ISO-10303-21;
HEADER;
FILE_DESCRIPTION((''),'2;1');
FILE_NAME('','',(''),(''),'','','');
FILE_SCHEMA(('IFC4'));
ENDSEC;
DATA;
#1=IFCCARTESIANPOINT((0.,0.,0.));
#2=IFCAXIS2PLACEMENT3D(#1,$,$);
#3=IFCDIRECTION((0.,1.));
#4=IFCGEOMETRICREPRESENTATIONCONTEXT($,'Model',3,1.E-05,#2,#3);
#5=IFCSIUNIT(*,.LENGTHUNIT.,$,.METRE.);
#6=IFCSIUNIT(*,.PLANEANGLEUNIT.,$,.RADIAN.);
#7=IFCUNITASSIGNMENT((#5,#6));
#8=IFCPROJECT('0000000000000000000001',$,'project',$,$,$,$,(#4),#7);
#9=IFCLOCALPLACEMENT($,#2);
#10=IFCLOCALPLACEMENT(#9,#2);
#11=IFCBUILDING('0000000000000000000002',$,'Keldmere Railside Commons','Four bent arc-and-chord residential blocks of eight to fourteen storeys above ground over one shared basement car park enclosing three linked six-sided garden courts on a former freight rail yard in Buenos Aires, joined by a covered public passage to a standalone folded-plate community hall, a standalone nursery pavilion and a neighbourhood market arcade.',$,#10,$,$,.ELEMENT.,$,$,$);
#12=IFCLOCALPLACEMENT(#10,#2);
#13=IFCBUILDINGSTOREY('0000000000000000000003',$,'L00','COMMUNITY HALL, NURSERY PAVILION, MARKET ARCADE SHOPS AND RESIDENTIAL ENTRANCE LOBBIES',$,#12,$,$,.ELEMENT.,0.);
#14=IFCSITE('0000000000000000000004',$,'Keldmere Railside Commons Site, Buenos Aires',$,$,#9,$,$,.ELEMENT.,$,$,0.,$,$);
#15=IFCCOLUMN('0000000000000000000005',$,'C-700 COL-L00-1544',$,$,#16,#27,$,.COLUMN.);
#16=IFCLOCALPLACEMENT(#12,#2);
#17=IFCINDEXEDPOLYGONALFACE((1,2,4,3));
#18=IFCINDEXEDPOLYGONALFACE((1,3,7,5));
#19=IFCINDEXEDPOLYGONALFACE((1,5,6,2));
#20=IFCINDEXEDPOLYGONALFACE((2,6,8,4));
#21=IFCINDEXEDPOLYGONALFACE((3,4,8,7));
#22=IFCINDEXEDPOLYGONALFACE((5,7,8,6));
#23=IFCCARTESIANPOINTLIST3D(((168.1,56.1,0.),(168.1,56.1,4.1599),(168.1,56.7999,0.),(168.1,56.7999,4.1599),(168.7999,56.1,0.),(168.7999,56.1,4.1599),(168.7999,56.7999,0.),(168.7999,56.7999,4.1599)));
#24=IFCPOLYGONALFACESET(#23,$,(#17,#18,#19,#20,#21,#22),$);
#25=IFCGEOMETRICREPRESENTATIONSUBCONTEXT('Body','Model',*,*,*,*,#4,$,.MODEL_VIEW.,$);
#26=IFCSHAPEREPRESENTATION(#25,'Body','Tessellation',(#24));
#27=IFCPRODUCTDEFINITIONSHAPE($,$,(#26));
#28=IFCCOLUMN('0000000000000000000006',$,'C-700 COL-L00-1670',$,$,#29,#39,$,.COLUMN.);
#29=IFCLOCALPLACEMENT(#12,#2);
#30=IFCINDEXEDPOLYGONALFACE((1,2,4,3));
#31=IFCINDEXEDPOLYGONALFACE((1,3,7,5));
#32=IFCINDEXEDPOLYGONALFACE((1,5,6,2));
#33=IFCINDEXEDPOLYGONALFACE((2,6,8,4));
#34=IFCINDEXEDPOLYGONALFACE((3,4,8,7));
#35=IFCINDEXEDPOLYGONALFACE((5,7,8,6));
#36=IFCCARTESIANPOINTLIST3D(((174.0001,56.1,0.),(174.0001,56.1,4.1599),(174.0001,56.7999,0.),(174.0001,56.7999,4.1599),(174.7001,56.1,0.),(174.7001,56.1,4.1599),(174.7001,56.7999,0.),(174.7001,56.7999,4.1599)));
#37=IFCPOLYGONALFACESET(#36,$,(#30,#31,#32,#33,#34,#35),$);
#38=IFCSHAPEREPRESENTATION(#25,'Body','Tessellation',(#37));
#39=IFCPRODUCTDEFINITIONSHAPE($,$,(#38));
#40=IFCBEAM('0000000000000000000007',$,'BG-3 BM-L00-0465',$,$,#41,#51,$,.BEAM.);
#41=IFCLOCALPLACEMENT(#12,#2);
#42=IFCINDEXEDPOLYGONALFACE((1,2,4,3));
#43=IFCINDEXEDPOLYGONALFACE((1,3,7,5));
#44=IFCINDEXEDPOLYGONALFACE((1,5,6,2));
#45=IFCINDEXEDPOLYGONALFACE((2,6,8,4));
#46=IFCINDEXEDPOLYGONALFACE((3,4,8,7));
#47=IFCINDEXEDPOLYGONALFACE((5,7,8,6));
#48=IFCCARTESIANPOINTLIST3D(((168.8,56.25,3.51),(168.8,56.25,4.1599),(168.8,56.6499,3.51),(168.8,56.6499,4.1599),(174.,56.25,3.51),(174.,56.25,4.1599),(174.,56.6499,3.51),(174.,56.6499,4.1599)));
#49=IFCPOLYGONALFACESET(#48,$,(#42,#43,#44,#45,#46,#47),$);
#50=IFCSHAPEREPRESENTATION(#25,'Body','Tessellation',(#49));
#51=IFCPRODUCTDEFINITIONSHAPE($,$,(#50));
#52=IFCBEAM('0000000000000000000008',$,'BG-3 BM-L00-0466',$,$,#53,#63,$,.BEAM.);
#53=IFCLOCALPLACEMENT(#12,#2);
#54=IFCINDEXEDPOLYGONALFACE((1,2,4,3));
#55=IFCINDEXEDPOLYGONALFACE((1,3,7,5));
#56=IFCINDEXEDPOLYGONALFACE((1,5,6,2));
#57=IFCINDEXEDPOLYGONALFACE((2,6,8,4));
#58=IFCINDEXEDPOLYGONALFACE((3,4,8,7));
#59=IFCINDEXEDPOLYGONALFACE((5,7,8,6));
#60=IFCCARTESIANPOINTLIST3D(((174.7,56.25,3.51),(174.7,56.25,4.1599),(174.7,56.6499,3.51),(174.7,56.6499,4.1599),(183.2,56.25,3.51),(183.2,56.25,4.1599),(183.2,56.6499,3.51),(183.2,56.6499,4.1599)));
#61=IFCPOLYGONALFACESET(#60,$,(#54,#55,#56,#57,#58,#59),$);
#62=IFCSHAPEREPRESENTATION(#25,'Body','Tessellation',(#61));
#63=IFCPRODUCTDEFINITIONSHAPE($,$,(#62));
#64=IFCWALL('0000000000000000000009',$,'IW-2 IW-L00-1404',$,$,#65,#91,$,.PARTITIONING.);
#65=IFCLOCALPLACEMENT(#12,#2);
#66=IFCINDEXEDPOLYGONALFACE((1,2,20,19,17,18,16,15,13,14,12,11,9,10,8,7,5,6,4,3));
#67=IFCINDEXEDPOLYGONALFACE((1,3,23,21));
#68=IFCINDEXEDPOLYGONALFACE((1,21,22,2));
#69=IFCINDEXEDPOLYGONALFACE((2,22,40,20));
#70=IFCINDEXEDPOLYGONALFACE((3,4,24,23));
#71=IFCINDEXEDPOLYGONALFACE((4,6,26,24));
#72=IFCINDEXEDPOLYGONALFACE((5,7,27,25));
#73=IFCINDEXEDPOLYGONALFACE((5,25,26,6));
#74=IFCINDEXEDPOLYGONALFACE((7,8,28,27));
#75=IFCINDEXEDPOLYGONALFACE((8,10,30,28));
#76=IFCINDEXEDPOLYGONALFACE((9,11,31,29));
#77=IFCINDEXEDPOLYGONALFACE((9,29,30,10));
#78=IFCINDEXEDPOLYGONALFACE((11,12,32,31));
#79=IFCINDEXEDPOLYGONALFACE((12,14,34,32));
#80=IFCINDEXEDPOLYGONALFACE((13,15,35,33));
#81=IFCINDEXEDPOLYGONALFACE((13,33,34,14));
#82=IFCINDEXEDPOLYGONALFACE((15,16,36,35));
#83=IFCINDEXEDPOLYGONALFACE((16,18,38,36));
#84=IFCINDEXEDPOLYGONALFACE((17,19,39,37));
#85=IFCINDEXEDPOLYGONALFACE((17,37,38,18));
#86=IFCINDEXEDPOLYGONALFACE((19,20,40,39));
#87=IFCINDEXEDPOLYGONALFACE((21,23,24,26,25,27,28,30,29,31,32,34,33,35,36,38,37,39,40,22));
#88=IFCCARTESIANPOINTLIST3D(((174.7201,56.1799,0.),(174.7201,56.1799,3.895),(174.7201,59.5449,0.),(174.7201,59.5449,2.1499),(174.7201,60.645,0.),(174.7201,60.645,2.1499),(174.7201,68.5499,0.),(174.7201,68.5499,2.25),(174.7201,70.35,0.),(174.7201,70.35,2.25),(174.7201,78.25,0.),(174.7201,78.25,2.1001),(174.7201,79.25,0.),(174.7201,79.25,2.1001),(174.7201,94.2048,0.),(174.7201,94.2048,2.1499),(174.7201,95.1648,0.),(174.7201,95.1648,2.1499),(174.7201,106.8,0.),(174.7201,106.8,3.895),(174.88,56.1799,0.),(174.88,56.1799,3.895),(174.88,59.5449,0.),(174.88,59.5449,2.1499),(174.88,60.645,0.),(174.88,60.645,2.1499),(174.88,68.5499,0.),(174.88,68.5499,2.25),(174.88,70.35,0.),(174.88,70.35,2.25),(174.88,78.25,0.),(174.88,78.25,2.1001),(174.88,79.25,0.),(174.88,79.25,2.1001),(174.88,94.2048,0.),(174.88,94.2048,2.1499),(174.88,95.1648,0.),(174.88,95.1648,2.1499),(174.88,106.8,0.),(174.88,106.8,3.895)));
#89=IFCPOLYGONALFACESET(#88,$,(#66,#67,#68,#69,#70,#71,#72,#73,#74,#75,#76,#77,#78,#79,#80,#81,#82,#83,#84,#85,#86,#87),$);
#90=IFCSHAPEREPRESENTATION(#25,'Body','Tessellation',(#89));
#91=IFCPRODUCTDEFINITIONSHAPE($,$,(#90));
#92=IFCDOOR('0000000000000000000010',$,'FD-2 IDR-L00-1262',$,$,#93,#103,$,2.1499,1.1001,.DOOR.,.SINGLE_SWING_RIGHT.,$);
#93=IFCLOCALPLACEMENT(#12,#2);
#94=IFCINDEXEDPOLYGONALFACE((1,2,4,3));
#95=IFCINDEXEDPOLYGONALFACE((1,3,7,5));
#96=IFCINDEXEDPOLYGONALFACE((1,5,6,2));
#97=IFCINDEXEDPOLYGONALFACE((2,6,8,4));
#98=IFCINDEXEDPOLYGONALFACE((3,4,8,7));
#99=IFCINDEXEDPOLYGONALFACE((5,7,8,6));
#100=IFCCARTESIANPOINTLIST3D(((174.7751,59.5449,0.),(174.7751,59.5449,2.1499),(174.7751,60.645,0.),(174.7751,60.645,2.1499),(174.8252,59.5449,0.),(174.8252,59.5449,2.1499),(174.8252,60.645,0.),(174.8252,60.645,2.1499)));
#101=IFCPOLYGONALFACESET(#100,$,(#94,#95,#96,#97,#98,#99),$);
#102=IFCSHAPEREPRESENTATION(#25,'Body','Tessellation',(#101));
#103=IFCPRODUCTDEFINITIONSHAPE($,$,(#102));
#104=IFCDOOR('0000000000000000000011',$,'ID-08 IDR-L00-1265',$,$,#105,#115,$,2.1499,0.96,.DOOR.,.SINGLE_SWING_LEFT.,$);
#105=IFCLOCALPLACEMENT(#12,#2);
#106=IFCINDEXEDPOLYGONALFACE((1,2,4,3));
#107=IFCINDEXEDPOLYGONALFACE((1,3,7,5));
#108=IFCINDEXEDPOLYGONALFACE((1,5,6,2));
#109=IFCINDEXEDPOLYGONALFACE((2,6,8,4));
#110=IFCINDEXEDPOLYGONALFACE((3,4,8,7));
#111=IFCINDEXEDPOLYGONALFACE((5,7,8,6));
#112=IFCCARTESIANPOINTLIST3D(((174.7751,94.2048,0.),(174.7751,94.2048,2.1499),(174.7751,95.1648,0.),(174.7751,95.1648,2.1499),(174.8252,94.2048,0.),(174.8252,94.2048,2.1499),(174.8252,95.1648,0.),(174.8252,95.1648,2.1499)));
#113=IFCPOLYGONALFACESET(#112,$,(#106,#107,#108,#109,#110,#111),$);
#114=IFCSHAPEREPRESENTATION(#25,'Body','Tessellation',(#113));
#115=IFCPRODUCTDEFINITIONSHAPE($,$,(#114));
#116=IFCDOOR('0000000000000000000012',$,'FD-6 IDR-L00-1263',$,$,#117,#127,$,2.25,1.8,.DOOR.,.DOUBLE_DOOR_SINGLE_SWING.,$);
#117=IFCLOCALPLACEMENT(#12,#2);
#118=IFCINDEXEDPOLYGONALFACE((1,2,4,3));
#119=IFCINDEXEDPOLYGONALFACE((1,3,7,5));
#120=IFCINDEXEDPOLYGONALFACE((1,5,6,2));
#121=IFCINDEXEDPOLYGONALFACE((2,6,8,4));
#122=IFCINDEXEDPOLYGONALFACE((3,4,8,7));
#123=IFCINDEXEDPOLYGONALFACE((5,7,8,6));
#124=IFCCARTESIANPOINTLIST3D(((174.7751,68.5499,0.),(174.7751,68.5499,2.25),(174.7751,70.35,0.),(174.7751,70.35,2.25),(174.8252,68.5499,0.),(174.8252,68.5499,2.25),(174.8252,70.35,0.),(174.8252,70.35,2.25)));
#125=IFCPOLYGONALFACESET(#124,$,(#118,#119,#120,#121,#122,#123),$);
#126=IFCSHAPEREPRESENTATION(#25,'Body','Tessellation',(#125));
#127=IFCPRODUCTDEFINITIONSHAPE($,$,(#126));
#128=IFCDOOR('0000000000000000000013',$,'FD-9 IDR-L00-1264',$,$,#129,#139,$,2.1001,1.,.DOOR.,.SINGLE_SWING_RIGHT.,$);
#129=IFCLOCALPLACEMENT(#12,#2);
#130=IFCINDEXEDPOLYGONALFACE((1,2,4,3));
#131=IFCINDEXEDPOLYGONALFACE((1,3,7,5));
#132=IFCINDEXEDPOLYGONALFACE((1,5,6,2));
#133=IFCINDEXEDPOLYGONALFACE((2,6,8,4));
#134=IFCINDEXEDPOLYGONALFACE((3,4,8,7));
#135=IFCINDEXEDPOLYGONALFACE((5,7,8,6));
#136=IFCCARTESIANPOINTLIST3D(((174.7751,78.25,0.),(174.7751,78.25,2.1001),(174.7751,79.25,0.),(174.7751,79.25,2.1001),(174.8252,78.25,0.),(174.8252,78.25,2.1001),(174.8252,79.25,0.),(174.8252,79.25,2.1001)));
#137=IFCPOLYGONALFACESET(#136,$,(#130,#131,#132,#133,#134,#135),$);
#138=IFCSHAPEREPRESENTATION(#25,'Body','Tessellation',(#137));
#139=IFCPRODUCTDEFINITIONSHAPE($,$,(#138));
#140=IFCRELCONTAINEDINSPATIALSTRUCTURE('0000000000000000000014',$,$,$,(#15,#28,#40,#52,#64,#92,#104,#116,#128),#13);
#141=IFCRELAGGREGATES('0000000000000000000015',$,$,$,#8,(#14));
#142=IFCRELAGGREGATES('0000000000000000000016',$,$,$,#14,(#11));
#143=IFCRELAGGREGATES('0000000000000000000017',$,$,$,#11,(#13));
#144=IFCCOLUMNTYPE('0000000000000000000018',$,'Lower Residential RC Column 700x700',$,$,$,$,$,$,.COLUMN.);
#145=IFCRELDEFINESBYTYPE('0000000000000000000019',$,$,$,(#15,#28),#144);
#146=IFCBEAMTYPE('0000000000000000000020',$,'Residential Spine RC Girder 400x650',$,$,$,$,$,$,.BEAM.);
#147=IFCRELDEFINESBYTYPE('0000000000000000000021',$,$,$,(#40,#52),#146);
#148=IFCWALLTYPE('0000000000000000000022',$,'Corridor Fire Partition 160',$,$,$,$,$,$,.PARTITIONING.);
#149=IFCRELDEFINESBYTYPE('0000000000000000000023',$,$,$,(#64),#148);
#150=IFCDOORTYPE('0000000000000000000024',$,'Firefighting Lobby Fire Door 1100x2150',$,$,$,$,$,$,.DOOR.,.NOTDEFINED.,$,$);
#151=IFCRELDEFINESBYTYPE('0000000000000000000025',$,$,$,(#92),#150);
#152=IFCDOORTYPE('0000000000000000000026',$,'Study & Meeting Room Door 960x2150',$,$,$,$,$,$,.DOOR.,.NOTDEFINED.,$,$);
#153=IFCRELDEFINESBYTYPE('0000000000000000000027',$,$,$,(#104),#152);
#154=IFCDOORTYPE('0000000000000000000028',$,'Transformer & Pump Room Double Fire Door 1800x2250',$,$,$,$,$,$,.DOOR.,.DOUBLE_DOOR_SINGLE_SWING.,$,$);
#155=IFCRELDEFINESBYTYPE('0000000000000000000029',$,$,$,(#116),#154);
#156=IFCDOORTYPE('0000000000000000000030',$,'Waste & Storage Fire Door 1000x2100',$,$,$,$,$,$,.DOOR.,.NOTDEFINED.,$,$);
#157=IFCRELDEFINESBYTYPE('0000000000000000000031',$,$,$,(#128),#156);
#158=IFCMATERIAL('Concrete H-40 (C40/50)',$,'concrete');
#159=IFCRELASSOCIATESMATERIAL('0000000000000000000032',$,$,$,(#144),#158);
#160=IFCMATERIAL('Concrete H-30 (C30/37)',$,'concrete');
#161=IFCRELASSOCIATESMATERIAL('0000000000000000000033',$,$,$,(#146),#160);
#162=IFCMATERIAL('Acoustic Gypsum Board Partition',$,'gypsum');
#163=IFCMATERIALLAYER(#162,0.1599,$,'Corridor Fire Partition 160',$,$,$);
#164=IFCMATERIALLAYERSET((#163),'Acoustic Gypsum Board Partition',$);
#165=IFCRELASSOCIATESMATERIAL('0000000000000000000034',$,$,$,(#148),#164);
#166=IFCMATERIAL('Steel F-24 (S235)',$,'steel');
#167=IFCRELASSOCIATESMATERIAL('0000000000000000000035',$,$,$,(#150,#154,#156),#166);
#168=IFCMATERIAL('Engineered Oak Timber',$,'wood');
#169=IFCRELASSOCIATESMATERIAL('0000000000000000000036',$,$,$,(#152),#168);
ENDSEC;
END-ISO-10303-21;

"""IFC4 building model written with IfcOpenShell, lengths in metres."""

from ifc_helpers import new_model, si_unit, direction, frame, frame_2d, origin, origin_2d, place, context, subcontext, project, spatial, rectangle, extrude, material, layer, layer_set, material_profile, profile_set, type_object, element, fill, save


model = new_model("IFC4")

# Units and contexts
model_context = context("Model", 3, precision=1e-05, world=origin(), true_north=direction((0.0, 1.0)))
body_context = subcontext(model_context, "Body", "Model", "MODEL_VIEW")
ifc_project = project(units=[si_unit("LENGTHUNIT", "METRE"), si_unit("PLANEANGLEUNIT", "RADIAN")], contexts=[model_context])

# Site, building, storey
site_placement = place(None, origin())
site = spatial("IfcSite", under=ifc_project, at=site_placement, Name="Keldmere Railside Commons Site, Buenos Aires", CompositionType="ELEMENT", RefElevation=0.0)
building_placement = place(site_placement, origin())
building = spatial("IfcBuilding", under=site, at=building_placement, Name="Keldmere Railside Commons", Description="Four bent arc-and-chord residential blocks of eight to fourteen storeys above ground over one shared basement car park enclosing three linked six-sided garden courts on a former freight rail yard in Buenos Aires, joined by a covered public passage to a standalone folded-plate community hall, a standalone nursery pavilion and a neighbourhood market arcade.", CompositionType="ELEMENT")
storey_placement = place(building_placement, origin())
storey = spatial("IfcBuildingStorey", under=building, at=storey_placement, Name="L00", Description="COMMUNITY HALL, NURSERY PAVILION, MARKET ARCADE SHOPS AND RESIDENTIAL ENTRANCE LOBBIES", CompositionType="ELEMENT", Elevation=0.0)

# Columns
ifc_material_1 = material(Name="Concrete H-40 (C40/50)", Category="concrete")
ifc_material_profile_1 = material_profile(ifc_material_1, rectangle(XDim=0.7, YDim=0.7, at=origin_2d()), Name="RC-700x700")
ifc_profile_set_1 = profile_set([ifc_material_profile_1], Name="Concrete H-40 (C40/50)")
column_type = type_object("IfcColumnType", Name="Lower Residential RC Column 700x700", PredefinedType="COLUMN", material=ifc_profile_set_1)
for number, where, z_axis, x_axis, name in (
    (1, (168.45, 56.45, 0.0), (0.0, 0.0, 1.0), (1.0, 0.0, 0.0), "C-700 COL-L00-1544"),
    (2, (174.3501, 56.45, 0.0), (0.0, 0.0, 1.0), (1.0, 0.0, 0.0), "C-700 COL-L00-1670"),
):
    element("IfcColumn", number, at=place(storey_placement, frame(where, z_axis=z_axis, x_axis=x_axis)), inside=storey, type_object=column_type, Name=name, PredefinedType="COLUMN", context=body_context, shape_type="SweptSolid", body=[
        extrude(rectangle(XDim=0.7, YDim=0.7, at=origin_2d()), origin(), (0.0, 0.0, 1.0), 4.1599),
    ])

# Beams
ifc_material_2 = material(Name="Concrete H-30 (C30/37)", Category="concrete")
ifc_material_profile_2 = material_profile(ifc_material_2, rectangle(XDim=0.3999, YDim=0.6499, at=origin_2d()), Name="RC-400x650")
ifc_profile_set_2 = profile_set([ifc_material_profile_2], Name="Concrete H-30 (C30/37)")
beam_type = type_object("IfcBeamType", Name="Residential Spine RC Girder 400x650", PredefinedType="BEAM", material=ifc_profile_set_2)
beam_1_placement = place(storey_placement, frame((168.8, 56.45, 3.835), z_axis=(1.0, 0.0, 0.0), x_axis=(0.0, 1.0, 0.0)))
element("IfcBeam", 3, at=beam_1_placement, inside=storey, type_object=beam_type, Name="BG-3 BM-L00-0465", PredefinedType="BEAM", context=body_context, shape_type="SweptSolid", body=[
    extrude(rectangle(XDim=0.3999, YDim=0.6499, at=origin_2d()), origin(), (0.0, 0.0, 1.0), 5.2),
])
beam_2_placement = place(storey_placement, frame((174.7, 56.45, 3.835), z_axis=(1.0, 0.0, 0.0), x_axis=(0.0, 1.0, 0.0)))
element("IfcBeam", 4, at=beam_2_placement, inside=storey, type_object=beam_type, Name="BG-3 BM-L00-0466", PredefinedType="BEAM", context=body_context, shape_type="SweptSolid", body=[
    extrude(rectangle(XDim=0.3999, YDim=0.6499, at=origin_2d()), origin(), (0.0, 0.0, 1.0), 8.5),
])

# Wall, openings, doors
ifc_material_3 = material(Name="Acoustic Gypsum Board Partition", Category="gypsum")
ifc_layer_1 = layer(ifc_material_3, 0.1599, Name="Corridor Fire Partition 160")
ifc_layer_set_1 = layer_set([ifc_layer_1], Name="Acoustic Gypsum Board Partition")
wall_type_1 = type_object("IfcWallType", Name="Corridor Fire Partition 160", PredefinedType="PARTITIONING", material=ifc_layer_set_1)
wall_1_placement = place(storey_placement, frame((174.8, 56.1799, 0.0), z_axis=(0.0, 0.0, 1.0), x_axis=(0.0, 1.0, 0.0)))
wall_1 = element("IfcWall", 5, at=wall_1_placement, inside=storey, type_object=wall_type_1, Name="IW-2 IW-L00-1404", PredefinedType="PARTITIONING", context=body_context, shape_type="SweptSolid", body=[
    extrude(rectangle(XDim=50.6201, YDim=0.1599, at=frame_2d((25.3101, 0.0))), origin(), (0.0, 0.0, 1.0), 3.895),
])
opening_1_placement = place(wall_1_placement, frame((3.365, 0.0, 0.0)))
opening_1 = element("IfcOpeningElement", 6, at=opening_1_placement, cuts=wall_1, PredefinedType="OPENING", context=body_context, shape_type="SweptSolid", body=[
    extrude(rectangle(XDim=1.1001, YDim=2.1499, at=frame_2d((0.55, 1.075))), frame((0.0, 0.0898, 0.0), z_axis=(0.0, -1.0, 0.0), x_axis=(1.0, 0.0, 0.0)), (0.0, 0.0, 1.0), 0.1799),
])
opening_2_placement = place(wall_1_placement, frame((12.3701, 0.0, 0.0)))
opening_2 = element("IfcOpeningElement", 7, at=opening_2_placement, cuts=wall_1, PredefinedType="OPENING", context=body_context, shape_type="SweptSolid", body=[
    extrude(rectangle(XDim=1.8, YDim=2.25, at=frame_2d((0.8999, 1.125))), frame((0.0, 0.0898, 0.0), z_axis=(0.0, -1.0, 0.0), x_axis=(1.0, 0.0, 0.0)), (0.0, 0.0, 1.0), 0.1799),
])
opening_3_placement = place(wall_1_placement, frame((22.0701, 0.0, 0.0)))
opening_3 = element("IfcOpeningElement", 8, at=opening_3_placement, cuts=wall_1, PredefinedType="OPENING", context=body_context, shape_type="SweptSolid", body=[
    extrude(rectangle(XDim=1.0, YDim=2.1001, at=frame_2d((0.5, 1.05))), frame((0.0, 0.0898, 0.0), z_axis=(0.0, -1.0, 0.0), x_axis=(1.0, 0.0, 0.0)), (0.0, 0.0, 1.0), 0.1799),
])
opening_4_placement = place(wall_1_placement, frame((38.0249, 0.0, 0.0)))
opening_4 = element("IfcOpeningElement", 9, at=opening_4_placement, cuts=wall_1, PredefinedType="OPENING", context=body_context, shape_type="SweptSolid", body=[
    extrude(rectangle(XDim=0.96, YDim=2.1499, at=frame_2d((0.48, 1.075))), frame((0.0, 0.0898, 0.0), z_axis=(0.0, -1.0, 0.0), x_axis=(1.0, 0.0, 0.0)), (0.0, 0.0, 1.0), 0.1799),
])
ifc_material_4 = material(Name="Steel F-24 (S235)", Category="steel")
door_type_1 = type_object("IfcDoorType", Name="Firefighting Lobby Fire Door 1100x2150", OperationType="NOTDEFINED", PredefinedType="DOOR", material=ifc_material_4)
door_1_placement = place(opening_1_placement, origin())
door_1 = element("IfcDoor", 10, at=door_1_placement, inside=storey, type_object=door_type_1, Name="FD-2 IDR-L00-1262", OperationType="SINGLE_SWING_RIGHT", OverallHeight=2.1499, OverallWidth=1.1001, PredefinedType="DOOR", context=body_context, shape_type="SweptSolid", body=[
    extrude(rectangle(XDim=1.1001, YDim=2.1499, at=frame_2d((0.55, 1.075))), frame((0.0, 0.0249, 0.0), z_axis=(0.0, -1.0, 0.0), x_axis=(1.0, 0.0, 0.0)), (0.0, 0.0, 1.0), 0.05),
])
fill(opening_1, door_1)
ifc_material_5 = material(Name="Engineered Oak Timber", Category="wood")
door_type_2 = type_object("IfcDoorType", Name="Study & Meeting Room Door 960x2150", OperationType="NOTDEFINED", PredefinedType="DOOR", material=ifc_material_5)
door_2_placement = place(opening_4_placement, origin())
door_2 = element("IfcDoor", 11, at=door_2_placement, inside=storey, type_object=door_type_2, Name="ID-08 IDR-L00-1265", OperationType="SINGLE_SWING_LEFT", OverallHeight=2.1499, OverallWidth=0.96, PredefinedType="DOOR", context=body_context, shape_type="SweptSolid", body=[
    extrude(rectangle(XDim=0.96, YDim=2.1499, at=frame_2d((0.48, 1.075))), frame((0.0, 0.0249, 0.0), z_axis=(0.0, -1.0, 0.0), x_axis=(1.0, 0.0, 0.0)), (0.0, 0.0, 1.0), 0.05),
])
fill(opening_4, door_2)
door_type_3 = type_object("IfcDoorType", Name="Transformer & Pump Room Double Fire Door 1800x2250", OperationType="DOUBLE_DOOR_SINGLE_SWING", PredefinedType="DOOR", material=ifc_material_4)
door_3_placement = place(opening_2_placement, origin())
door_3 = element("IfcDoor", 12, at=door_3_placement, inside=storey, type_object=door_type_3, Name="FD-6 IDR-L00-1263", OperationType="DOUBLE_DOOR_SINGLE_SWING", OverallHeight=2.25, OverallWidth=1.8, PredefinedType="DOOR", context=body_context, shape_type="SweptSolid", body=[
    extrude(rectangle(XDim=1.8, YDim=2.25, at=frame_2d((0.8999, 1.125))), frame((0.0, 0.0249, 0.0), z_axis=(0.0, -1.0, 0.0), x_axis=(1.0, 0.0, 0.0)), (0.0, 0.0, 1.0), 0.05),
])
fill(opening_2, door_3)
door_type_4 = type_object("IfcDoorType", Name="Waste & Storage Fire Door 1000x2100", OperationType="NOTDEFINED", PredefinedType="DOOR", material=ifc_material_4)
door_4_placement = place(opening_3_placement, origin())
door_4 = element("IfcDoor", 13, at=door_4_placement, inside=storey, type_object=door_type_4, Name="FD-9 IDR-L00-1264", OperationType="SINGLE_SWING_RIGHT", OverallHeight=2.1001, OverallWidth=1.0, PredefinedType="DOOR", context=body_context, shape_type="SweptSolid", body=[
    extrude(rectangle(XDim=1.0, YDim=2.1001, at=frame_2d((0.5, 1.05))), frame((0.0, 0.0249, 0.0), z_axis=(0.0, -1.0, 0.0), x_axis=(1.0, 0.0, 0.0)), (0.0, 0.0, 1.0), 0.05),
])
fill(opening_3, door_4)

save(model, "model.ifc")
